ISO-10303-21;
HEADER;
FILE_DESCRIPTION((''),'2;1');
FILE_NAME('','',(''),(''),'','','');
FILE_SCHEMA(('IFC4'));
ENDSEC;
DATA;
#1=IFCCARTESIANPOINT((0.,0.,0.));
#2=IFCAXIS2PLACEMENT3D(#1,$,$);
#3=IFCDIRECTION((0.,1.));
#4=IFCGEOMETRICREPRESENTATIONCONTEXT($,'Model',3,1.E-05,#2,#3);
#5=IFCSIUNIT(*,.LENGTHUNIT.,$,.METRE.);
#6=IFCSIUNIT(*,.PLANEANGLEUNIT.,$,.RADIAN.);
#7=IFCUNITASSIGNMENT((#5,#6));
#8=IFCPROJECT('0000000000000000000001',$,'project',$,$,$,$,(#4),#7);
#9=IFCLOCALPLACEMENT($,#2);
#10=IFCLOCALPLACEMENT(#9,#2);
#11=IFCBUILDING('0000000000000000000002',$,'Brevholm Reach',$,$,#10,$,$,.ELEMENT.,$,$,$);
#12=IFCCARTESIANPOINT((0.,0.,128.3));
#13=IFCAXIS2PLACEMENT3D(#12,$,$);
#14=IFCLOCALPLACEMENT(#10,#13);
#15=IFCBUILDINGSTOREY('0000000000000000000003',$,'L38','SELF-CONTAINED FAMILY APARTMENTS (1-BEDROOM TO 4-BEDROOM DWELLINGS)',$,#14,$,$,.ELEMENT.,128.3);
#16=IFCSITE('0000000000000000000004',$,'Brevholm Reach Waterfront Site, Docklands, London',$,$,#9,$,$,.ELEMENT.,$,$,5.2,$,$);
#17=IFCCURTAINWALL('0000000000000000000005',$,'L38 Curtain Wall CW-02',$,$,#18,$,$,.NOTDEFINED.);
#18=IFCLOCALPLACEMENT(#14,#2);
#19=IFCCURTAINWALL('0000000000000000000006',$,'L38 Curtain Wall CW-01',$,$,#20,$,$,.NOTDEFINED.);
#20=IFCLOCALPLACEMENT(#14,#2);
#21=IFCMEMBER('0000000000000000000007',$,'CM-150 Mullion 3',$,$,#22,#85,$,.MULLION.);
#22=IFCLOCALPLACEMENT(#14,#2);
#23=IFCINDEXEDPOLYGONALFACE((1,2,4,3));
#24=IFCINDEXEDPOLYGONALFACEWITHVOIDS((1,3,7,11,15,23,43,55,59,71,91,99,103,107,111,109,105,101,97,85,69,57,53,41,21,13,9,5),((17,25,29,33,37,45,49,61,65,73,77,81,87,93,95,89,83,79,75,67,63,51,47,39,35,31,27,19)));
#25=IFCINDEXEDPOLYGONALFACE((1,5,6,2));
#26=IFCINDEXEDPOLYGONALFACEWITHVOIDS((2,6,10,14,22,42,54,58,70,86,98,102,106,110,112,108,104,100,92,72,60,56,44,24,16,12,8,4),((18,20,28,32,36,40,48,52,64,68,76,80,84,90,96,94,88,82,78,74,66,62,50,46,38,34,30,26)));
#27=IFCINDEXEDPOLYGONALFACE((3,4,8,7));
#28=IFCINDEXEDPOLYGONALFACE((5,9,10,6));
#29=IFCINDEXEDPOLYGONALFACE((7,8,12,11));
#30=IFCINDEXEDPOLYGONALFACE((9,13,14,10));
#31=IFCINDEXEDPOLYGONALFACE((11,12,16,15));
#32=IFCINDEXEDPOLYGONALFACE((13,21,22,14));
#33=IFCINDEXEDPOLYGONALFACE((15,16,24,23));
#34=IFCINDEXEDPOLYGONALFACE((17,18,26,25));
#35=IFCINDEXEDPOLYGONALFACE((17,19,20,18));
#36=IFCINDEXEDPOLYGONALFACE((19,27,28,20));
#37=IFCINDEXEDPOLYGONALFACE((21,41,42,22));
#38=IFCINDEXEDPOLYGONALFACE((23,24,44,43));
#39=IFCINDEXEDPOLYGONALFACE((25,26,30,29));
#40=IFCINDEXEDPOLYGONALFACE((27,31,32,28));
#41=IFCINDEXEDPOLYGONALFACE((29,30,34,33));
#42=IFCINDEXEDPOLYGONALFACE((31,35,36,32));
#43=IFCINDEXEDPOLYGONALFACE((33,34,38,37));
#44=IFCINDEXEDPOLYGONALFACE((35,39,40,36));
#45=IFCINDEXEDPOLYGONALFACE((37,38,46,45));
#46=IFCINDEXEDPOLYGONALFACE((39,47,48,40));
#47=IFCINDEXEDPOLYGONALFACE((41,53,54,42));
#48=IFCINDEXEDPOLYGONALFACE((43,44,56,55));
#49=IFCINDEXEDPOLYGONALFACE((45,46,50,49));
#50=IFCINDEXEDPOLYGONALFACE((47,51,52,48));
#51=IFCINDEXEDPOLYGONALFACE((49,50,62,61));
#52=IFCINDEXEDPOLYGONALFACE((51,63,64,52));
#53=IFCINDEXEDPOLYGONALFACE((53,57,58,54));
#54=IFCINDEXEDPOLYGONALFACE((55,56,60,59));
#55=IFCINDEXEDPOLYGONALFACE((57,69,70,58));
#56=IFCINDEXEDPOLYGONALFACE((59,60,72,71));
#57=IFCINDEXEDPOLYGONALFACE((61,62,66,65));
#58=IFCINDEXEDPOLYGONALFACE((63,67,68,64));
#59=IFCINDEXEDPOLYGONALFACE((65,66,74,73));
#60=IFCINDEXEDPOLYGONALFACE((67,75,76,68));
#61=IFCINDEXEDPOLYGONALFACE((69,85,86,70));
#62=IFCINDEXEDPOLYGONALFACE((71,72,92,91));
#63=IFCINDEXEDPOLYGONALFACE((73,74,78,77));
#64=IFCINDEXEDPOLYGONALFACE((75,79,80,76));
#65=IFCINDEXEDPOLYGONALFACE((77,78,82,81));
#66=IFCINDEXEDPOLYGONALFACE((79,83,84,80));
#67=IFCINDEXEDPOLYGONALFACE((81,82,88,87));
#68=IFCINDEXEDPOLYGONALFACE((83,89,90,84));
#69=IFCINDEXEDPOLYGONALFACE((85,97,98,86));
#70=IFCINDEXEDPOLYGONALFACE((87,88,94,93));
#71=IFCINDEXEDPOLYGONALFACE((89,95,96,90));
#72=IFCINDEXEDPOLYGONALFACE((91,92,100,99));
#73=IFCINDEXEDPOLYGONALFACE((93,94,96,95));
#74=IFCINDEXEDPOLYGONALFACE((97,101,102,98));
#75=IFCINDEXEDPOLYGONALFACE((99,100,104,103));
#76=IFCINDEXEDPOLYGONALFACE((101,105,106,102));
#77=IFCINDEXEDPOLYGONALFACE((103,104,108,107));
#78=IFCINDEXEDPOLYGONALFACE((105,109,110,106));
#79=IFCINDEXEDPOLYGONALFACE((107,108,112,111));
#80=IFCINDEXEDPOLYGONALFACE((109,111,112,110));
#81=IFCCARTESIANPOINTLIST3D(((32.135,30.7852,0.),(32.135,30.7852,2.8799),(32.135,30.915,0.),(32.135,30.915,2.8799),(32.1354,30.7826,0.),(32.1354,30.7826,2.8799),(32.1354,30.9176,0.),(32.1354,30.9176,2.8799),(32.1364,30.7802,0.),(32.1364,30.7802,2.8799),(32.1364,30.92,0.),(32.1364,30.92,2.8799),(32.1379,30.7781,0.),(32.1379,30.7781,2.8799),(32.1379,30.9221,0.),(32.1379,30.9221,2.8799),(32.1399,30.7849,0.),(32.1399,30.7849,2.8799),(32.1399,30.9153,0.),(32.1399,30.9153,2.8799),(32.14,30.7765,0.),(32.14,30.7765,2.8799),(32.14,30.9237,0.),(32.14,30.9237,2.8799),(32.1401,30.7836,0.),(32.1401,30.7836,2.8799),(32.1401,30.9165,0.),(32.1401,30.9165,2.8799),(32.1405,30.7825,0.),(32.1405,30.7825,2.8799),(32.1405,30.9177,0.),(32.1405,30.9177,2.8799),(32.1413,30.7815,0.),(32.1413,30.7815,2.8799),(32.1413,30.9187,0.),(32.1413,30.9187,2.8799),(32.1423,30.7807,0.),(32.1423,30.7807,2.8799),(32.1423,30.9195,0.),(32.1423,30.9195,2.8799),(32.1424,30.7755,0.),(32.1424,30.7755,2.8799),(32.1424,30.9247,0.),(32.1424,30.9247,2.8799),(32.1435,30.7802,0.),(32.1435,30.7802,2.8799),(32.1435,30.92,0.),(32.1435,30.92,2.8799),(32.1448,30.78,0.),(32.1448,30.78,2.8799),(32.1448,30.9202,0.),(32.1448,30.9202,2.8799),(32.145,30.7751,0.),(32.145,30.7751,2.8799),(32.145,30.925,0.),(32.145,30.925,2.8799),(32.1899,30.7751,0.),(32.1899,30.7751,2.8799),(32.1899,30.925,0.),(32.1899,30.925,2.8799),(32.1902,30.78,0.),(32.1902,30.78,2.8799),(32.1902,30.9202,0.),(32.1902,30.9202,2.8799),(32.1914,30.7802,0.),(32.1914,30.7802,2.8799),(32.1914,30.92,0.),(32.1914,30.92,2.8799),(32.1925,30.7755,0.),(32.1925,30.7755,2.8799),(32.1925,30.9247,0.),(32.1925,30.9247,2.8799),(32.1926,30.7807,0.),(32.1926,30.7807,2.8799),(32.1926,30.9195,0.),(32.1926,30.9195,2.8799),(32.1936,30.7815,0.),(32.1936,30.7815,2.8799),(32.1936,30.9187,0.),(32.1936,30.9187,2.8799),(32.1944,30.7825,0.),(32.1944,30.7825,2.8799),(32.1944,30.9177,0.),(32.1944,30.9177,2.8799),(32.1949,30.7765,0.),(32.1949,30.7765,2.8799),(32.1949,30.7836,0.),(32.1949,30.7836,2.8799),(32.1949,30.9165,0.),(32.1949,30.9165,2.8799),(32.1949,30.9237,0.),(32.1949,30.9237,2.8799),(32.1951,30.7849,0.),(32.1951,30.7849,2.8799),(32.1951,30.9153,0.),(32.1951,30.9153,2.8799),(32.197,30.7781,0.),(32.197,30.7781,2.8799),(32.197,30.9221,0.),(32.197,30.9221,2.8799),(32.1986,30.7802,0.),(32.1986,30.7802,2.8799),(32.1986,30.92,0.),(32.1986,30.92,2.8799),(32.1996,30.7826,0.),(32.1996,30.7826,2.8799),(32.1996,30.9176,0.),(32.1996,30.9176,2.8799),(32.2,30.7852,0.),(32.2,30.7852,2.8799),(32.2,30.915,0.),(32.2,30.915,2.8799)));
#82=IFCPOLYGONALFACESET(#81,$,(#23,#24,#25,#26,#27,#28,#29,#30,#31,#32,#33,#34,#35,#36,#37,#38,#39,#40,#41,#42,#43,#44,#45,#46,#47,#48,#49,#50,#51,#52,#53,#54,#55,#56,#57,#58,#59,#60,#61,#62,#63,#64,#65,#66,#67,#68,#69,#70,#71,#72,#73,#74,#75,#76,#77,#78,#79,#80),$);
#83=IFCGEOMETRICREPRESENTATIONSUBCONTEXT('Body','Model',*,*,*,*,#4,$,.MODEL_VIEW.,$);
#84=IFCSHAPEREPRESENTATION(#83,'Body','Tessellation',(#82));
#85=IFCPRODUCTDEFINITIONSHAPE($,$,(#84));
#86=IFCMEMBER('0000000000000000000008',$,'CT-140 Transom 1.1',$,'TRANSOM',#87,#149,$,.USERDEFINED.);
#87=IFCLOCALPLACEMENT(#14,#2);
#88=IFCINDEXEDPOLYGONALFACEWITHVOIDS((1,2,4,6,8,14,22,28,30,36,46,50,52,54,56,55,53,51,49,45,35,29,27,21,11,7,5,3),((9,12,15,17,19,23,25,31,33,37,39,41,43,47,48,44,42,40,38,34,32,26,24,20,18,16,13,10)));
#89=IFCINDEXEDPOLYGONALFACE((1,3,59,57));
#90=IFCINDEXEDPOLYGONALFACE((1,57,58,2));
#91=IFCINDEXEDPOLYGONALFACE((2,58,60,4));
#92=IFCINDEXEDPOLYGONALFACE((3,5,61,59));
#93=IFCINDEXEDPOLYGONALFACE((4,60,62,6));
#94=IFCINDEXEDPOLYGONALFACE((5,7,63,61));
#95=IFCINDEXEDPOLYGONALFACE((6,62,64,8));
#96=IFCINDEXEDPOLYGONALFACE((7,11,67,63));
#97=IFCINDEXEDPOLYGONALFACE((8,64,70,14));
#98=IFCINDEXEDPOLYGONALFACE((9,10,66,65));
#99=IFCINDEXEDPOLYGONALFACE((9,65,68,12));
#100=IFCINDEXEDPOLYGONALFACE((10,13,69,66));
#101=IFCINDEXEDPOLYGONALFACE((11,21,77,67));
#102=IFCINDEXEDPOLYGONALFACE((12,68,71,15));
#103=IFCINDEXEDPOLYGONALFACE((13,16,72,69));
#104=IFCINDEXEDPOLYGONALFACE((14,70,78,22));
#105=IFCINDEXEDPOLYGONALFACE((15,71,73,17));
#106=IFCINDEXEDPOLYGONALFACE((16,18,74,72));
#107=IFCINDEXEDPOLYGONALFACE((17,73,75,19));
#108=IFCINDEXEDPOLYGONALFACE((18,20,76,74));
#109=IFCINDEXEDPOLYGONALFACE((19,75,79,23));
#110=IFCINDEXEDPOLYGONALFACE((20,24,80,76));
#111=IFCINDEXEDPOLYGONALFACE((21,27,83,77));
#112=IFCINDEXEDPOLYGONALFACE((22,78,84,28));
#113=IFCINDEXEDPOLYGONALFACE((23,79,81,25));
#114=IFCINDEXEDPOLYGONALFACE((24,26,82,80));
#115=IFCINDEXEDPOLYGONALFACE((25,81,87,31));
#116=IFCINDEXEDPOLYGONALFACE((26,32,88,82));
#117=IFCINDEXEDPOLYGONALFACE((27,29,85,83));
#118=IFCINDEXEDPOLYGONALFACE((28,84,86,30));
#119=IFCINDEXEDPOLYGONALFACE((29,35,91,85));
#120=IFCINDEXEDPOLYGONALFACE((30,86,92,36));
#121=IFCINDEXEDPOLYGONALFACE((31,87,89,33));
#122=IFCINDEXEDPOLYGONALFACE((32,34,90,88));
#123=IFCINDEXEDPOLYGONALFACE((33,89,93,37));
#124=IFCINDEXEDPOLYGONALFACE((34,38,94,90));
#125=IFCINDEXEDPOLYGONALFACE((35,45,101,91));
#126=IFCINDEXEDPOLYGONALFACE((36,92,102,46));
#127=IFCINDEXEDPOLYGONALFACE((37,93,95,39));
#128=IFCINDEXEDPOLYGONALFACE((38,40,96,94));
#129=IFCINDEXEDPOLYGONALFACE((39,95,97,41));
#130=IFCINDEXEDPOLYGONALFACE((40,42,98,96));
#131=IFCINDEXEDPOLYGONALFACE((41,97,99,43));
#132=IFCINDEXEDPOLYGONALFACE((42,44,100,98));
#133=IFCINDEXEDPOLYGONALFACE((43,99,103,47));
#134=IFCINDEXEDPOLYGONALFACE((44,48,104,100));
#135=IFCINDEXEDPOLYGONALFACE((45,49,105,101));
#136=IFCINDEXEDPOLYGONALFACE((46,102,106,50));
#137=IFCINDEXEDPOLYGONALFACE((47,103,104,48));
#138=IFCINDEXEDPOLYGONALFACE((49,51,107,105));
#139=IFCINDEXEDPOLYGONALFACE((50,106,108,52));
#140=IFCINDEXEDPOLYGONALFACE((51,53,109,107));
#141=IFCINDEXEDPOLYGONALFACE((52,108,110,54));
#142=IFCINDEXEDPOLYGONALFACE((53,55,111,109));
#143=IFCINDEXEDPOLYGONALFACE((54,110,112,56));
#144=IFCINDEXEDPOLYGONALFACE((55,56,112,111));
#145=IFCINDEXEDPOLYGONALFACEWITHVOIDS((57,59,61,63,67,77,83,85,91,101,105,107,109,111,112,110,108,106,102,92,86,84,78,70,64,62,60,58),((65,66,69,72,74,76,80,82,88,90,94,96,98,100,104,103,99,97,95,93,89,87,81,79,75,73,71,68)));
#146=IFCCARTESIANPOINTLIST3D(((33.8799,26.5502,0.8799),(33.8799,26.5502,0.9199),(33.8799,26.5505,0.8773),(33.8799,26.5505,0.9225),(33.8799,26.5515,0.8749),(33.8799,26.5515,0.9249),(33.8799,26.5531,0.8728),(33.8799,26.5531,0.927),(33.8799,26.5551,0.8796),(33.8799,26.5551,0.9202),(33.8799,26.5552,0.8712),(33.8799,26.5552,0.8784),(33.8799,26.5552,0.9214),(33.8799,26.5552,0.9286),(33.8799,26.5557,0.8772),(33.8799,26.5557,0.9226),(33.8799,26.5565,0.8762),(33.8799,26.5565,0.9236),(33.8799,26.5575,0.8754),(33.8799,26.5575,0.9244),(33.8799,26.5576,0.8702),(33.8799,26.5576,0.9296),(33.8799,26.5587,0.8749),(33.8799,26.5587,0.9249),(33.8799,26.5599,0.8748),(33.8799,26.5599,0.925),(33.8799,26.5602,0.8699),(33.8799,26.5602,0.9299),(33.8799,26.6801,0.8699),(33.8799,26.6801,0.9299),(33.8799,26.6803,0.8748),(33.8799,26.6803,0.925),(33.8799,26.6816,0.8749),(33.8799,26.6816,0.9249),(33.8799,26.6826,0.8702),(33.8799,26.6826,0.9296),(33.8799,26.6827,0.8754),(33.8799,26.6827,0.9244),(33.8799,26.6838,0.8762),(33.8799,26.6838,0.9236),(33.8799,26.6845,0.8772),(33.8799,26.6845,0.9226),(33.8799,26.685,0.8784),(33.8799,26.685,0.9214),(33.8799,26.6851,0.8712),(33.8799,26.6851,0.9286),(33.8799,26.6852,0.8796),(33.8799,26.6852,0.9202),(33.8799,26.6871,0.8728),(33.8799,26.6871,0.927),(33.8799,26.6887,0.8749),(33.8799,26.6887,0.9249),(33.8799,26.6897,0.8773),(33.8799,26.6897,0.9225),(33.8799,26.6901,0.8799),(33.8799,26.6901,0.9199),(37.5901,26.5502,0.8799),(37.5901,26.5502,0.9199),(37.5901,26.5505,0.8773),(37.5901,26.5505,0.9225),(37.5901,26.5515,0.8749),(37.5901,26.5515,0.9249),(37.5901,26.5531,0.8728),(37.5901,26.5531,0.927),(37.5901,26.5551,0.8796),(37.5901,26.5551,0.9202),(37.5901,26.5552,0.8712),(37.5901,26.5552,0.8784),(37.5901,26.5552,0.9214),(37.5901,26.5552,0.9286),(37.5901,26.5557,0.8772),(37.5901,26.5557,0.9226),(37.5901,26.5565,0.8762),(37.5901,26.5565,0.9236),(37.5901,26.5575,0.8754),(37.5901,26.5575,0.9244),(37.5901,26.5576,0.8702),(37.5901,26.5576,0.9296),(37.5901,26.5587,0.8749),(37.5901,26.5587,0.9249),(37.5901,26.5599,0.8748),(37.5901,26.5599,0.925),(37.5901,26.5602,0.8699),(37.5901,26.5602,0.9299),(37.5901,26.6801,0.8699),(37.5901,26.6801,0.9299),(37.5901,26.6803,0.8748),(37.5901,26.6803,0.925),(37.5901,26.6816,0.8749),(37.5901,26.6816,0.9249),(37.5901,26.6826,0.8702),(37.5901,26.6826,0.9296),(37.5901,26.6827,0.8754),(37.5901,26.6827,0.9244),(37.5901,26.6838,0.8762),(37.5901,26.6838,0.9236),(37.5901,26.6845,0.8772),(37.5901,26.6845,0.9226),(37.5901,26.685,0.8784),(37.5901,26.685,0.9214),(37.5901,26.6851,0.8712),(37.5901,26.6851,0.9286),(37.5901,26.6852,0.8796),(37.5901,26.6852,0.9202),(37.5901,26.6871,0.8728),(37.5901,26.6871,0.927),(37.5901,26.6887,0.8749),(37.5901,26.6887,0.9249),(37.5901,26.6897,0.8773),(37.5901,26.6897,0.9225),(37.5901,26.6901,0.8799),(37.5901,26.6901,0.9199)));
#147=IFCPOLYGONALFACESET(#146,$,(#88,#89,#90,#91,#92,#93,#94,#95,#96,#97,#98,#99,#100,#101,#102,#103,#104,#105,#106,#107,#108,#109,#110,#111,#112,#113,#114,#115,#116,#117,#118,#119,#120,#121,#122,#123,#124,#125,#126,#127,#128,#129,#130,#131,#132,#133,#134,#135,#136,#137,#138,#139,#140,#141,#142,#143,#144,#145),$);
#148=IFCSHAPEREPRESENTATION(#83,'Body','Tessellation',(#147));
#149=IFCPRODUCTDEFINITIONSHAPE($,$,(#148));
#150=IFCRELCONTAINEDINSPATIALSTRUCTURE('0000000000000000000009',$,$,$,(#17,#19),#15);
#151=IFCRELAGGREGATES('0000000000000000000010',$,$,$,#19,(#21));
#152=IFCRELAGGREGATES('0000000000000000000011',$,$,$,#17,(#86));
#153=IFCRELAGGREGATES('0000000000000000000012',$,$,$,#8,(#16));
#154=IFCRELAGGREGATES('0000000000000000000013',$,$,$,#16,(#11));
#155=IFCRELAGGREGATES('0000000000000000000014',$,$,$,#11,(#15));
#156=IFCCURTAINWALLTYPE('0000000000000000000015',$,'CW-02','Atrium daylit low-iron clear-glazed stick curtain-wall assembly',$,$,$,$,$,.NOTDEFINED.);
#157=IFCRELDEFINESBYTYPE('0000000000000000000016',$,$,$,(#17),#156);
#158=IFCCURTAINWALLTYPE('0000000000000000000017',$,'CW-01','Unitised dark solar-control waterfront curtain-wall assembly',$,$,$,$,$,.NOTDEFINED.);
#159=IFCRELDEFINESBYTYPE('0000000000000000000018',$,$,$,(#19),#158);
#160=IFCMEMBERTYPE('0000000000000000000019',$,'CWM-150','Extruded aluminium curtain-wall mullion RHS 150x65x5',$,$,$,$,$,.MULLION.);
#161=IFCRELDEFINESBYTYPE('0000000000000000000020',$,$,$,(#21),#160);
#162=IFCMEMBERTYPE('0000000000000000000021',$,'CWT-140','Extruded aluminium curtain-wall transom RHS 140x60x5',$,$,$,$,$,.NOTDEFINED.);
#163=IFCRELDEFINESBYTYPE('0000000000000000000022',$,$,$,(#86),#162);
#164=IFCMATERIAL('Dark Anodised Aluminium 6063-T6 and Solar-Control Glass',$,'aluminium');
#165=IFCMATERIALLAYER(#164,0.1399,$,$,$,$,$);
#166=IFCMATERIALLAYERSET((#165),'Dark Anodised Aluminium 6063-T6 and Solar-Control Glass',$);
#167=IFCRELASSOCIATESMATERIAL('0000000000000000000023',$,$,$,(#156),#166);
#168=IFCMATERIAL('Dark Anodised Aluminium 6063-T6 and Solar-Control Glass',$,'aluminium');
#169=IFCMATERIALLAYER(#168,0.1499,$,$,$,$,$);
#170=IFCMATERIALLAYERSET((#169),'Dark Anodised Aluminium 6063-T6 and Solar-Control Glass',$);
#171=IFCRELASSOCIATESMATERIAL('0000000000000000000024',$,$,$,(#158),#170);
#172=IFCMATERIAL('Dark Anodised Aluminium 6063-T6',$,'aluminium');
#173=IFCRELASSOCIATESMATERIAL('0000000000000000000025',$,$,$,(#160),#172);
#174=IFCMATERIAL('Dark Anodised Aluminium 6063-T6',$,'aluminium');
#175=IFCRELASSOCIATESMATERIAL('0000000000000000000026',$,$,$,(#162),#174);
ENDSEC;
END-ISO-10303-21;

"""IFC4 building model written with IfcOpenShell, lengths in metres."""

from ifc_helpers import new_model, si_unit, direction, frame, origin, origin_2d, place, context, subcontext, project, spatial, hollow_rectangle, extrude, material, layer, layer_set, material_profile, profile_set, type_object, element, aggregate, save


model = new_model("IFC4")

# Units and contexts
model_context = context("Model", 3, precision=1e-05, world=origin(), true_north=direction((0.0, 1.0)))
body_context = subcontext(model_context, "Body", "Model", "MODEL_VIEW")
ifc_project = project(units=[si_unit("LENGTHUNIT", "METRE"), si_unit("PLANEANGLEUNIT", "RADIAN")], contexts=[model_context])

# Site, building, storey
site_placement = place(None, origin())
site = spatial("IfcSite", under=ifc_project, at=site_placement, Name="Brevholm Reach Waterfront Site, Docklands, London", CompositionType="ELEMENT", RefElevation=5.2)
building_placement = place(site_placement, origin())
building = spatial("IfcBuilding", under=site, at=building_placement, Name="Brevholm Reach", CompositionType="ELEMENT")
storey_placement = place(building_placement, frame((0.0, 0.0, 128.3)))
storey = spatial("IfcBuildingStorey", under=building, at=storey_placement, Name="L38", Description="SELF-CONTAINED FAMILY APARTMENTS (1-BEDROOM TO 4-BEDROOM DWELLINGS)", CompositionType="ELEMENT", Elevation=128.3)

# Curtain walls, member
ifc_material_1 = material(Name="Dark Anodised Aluminium 6063-T6 and Solar-Control Glass", Category="aluminium")
ifc_layer_1 = layer(ifc_material_1, 0.1399)
ifc_layer_set_1 = layer_set([ifc_layer_1], Name="Dark Anodised Aluminium 6063-T6 and Solar-Control Glass")
curtain_wall_type_1 = type_object("IfcCurtainWallType", Name="CW-02", Description="Atrium daylit low-iron clear-glazed stick curtain-wall assembly", PredefinedType="NOTDEFINED", material=ifc_layer_set_1)
curtain_wall_1_placement = place(storey_placement, origin())
curtain_wall_1 = element("IfcCurtainWall", 1, at=curtain_wall_1_placement, inside=storey, type_object=curtain_wall_type_1, Name="L38 Curtain Wall CW-02", PredefinedType="NOTDEFINED")
ifc_material_2 = material(Name="Dark Anodised Aluminium 6063-T6 and Solar-Control Glass", Category="aluminium")
ifc_layer_2 = layer(ifc_material_2, 0.1499)
ifc_layer_set_2 = layer_set([ifc_layer_2], Name="Dark Anodised Aluminium 6063-T6 and Solar-Control Glass")
curtain_wall_type_2 = type_object("IfcCurtainWallType", Name="CW-01", Description="Unitised dark solar-control waterfront curtain-wall assembly", PredefinedType="NOTDEFINED", material=ifc_layer_set_2)
curtain_wall_2_placement = place(storey_placement, origin())
curtain_wall_2 = element("IfcCurtainWall", 2, at=curtain_wall_2_placement, inside=storey, type_object=curtain_wall_type_2, Name="L38 Curtain Wall CW-01", PredefinedType="NOTDEFINED")
ifc_material_3 = material(Name="Dark Anodised Aluminium 6063-T6", Category="aluminium")
ifc_material_profile_1 = material_profile(ifc_material_3, hollow_rectangle(XDim=0.0649, YDim=0.1499, WallThickness=0.0049, InnerFilletRadius=0.0049, OuterFilletRadius=0.01, at=origin_2d()), Name="RHS 150x65x5")
ifc_profile_set_1 = profile_set([ifc_material_profile_1], Name="Dark Anodised Aluminium 6063-T6")
member_type_1 = type_object("IfcMemberType", Name="CWM-150", Description="Extruded aluminium curtain-wall mullion RHS 150x65x5", PredefinedType="MULLION", material=ifc_profile_set_1)
member_1_placement = place(storey_placement, frame((32.1675, 30.8501, 0.0), z_axis=(0.0, 0.0, 1.0), x_axis=(1.0, 0.0, 0.0)))
member_1 = element("IfcMember", 3, at=member_1_placement, type_object=member_type_1, Name="CM-150 Mullion 3", PredefinedType="MULLION", context=body_context, shape_type="SweptSolid", body=[
    extrude(hollow_rectangle(XDim=0.0649, YDim=0.1499, WallThickness=0.0049, InnerFilletRadius=0.0049, OuterFilletRadius=0.01, at=origin_2d()), origin(), (0.0, 0.0, 1.0), 2.8799),
])

# Member
ifc_material_4 = material(Name="Dark Anodised Aluminium 6063-T6", Category="aluminium")
ifc_material_profile_2 = material_profile(ifc_material_4, hollow_rectangle(XDim=0.0601, YDim=0.1399, WallThickness=0.0049, InnerFilletRadius=0.0049, OuterFilletRadius=0.01, at=origin_2d()), Name="RHS 140x60x5")
ifc_profile_set_2 = profile_set([ifc_material_profile_2], Name="Dark Anodised Aluminium 6063-T6")
member_type_2 = type_object("IfcMemberType", Name="CWT-140", Description="Extruded aluminium curtain-wall transom RHS 140x60x5", PredefinedType="NOTDEFINED", material=ifc_profile_set_2)
member_2_placement = place(storey_placement, frame((37.5901, 26.6201, 0.8999), z_axis=(-1.0, 0.0, 0.0), x_axis=(0.0, 0.0, 1.0)))
member_2 = element("IfcMember", 4, at=member_2_placement, type_object=member_type_2, Name="CT-140 Transom 1.1", ObjectType="TRANSOM", PredefinedType="USERDEFINED", context=body_context, shape_type="SweptSolid", body=[
    extrude(hollow_rectangle(XDim=0.0601, YDim=0.1399, WallThickness=0.0049, InnerFilletRadius=0.0049, OuterFilletRadius=0.01, at=origin_2d()), origin(), (0.0, 0.0, 1.0), 3.7102),
])

aggregate(curtain_wall_2, [member_1])
aggregate(curtain_wall_1, [member_2])

save(model, "model.ifc")
